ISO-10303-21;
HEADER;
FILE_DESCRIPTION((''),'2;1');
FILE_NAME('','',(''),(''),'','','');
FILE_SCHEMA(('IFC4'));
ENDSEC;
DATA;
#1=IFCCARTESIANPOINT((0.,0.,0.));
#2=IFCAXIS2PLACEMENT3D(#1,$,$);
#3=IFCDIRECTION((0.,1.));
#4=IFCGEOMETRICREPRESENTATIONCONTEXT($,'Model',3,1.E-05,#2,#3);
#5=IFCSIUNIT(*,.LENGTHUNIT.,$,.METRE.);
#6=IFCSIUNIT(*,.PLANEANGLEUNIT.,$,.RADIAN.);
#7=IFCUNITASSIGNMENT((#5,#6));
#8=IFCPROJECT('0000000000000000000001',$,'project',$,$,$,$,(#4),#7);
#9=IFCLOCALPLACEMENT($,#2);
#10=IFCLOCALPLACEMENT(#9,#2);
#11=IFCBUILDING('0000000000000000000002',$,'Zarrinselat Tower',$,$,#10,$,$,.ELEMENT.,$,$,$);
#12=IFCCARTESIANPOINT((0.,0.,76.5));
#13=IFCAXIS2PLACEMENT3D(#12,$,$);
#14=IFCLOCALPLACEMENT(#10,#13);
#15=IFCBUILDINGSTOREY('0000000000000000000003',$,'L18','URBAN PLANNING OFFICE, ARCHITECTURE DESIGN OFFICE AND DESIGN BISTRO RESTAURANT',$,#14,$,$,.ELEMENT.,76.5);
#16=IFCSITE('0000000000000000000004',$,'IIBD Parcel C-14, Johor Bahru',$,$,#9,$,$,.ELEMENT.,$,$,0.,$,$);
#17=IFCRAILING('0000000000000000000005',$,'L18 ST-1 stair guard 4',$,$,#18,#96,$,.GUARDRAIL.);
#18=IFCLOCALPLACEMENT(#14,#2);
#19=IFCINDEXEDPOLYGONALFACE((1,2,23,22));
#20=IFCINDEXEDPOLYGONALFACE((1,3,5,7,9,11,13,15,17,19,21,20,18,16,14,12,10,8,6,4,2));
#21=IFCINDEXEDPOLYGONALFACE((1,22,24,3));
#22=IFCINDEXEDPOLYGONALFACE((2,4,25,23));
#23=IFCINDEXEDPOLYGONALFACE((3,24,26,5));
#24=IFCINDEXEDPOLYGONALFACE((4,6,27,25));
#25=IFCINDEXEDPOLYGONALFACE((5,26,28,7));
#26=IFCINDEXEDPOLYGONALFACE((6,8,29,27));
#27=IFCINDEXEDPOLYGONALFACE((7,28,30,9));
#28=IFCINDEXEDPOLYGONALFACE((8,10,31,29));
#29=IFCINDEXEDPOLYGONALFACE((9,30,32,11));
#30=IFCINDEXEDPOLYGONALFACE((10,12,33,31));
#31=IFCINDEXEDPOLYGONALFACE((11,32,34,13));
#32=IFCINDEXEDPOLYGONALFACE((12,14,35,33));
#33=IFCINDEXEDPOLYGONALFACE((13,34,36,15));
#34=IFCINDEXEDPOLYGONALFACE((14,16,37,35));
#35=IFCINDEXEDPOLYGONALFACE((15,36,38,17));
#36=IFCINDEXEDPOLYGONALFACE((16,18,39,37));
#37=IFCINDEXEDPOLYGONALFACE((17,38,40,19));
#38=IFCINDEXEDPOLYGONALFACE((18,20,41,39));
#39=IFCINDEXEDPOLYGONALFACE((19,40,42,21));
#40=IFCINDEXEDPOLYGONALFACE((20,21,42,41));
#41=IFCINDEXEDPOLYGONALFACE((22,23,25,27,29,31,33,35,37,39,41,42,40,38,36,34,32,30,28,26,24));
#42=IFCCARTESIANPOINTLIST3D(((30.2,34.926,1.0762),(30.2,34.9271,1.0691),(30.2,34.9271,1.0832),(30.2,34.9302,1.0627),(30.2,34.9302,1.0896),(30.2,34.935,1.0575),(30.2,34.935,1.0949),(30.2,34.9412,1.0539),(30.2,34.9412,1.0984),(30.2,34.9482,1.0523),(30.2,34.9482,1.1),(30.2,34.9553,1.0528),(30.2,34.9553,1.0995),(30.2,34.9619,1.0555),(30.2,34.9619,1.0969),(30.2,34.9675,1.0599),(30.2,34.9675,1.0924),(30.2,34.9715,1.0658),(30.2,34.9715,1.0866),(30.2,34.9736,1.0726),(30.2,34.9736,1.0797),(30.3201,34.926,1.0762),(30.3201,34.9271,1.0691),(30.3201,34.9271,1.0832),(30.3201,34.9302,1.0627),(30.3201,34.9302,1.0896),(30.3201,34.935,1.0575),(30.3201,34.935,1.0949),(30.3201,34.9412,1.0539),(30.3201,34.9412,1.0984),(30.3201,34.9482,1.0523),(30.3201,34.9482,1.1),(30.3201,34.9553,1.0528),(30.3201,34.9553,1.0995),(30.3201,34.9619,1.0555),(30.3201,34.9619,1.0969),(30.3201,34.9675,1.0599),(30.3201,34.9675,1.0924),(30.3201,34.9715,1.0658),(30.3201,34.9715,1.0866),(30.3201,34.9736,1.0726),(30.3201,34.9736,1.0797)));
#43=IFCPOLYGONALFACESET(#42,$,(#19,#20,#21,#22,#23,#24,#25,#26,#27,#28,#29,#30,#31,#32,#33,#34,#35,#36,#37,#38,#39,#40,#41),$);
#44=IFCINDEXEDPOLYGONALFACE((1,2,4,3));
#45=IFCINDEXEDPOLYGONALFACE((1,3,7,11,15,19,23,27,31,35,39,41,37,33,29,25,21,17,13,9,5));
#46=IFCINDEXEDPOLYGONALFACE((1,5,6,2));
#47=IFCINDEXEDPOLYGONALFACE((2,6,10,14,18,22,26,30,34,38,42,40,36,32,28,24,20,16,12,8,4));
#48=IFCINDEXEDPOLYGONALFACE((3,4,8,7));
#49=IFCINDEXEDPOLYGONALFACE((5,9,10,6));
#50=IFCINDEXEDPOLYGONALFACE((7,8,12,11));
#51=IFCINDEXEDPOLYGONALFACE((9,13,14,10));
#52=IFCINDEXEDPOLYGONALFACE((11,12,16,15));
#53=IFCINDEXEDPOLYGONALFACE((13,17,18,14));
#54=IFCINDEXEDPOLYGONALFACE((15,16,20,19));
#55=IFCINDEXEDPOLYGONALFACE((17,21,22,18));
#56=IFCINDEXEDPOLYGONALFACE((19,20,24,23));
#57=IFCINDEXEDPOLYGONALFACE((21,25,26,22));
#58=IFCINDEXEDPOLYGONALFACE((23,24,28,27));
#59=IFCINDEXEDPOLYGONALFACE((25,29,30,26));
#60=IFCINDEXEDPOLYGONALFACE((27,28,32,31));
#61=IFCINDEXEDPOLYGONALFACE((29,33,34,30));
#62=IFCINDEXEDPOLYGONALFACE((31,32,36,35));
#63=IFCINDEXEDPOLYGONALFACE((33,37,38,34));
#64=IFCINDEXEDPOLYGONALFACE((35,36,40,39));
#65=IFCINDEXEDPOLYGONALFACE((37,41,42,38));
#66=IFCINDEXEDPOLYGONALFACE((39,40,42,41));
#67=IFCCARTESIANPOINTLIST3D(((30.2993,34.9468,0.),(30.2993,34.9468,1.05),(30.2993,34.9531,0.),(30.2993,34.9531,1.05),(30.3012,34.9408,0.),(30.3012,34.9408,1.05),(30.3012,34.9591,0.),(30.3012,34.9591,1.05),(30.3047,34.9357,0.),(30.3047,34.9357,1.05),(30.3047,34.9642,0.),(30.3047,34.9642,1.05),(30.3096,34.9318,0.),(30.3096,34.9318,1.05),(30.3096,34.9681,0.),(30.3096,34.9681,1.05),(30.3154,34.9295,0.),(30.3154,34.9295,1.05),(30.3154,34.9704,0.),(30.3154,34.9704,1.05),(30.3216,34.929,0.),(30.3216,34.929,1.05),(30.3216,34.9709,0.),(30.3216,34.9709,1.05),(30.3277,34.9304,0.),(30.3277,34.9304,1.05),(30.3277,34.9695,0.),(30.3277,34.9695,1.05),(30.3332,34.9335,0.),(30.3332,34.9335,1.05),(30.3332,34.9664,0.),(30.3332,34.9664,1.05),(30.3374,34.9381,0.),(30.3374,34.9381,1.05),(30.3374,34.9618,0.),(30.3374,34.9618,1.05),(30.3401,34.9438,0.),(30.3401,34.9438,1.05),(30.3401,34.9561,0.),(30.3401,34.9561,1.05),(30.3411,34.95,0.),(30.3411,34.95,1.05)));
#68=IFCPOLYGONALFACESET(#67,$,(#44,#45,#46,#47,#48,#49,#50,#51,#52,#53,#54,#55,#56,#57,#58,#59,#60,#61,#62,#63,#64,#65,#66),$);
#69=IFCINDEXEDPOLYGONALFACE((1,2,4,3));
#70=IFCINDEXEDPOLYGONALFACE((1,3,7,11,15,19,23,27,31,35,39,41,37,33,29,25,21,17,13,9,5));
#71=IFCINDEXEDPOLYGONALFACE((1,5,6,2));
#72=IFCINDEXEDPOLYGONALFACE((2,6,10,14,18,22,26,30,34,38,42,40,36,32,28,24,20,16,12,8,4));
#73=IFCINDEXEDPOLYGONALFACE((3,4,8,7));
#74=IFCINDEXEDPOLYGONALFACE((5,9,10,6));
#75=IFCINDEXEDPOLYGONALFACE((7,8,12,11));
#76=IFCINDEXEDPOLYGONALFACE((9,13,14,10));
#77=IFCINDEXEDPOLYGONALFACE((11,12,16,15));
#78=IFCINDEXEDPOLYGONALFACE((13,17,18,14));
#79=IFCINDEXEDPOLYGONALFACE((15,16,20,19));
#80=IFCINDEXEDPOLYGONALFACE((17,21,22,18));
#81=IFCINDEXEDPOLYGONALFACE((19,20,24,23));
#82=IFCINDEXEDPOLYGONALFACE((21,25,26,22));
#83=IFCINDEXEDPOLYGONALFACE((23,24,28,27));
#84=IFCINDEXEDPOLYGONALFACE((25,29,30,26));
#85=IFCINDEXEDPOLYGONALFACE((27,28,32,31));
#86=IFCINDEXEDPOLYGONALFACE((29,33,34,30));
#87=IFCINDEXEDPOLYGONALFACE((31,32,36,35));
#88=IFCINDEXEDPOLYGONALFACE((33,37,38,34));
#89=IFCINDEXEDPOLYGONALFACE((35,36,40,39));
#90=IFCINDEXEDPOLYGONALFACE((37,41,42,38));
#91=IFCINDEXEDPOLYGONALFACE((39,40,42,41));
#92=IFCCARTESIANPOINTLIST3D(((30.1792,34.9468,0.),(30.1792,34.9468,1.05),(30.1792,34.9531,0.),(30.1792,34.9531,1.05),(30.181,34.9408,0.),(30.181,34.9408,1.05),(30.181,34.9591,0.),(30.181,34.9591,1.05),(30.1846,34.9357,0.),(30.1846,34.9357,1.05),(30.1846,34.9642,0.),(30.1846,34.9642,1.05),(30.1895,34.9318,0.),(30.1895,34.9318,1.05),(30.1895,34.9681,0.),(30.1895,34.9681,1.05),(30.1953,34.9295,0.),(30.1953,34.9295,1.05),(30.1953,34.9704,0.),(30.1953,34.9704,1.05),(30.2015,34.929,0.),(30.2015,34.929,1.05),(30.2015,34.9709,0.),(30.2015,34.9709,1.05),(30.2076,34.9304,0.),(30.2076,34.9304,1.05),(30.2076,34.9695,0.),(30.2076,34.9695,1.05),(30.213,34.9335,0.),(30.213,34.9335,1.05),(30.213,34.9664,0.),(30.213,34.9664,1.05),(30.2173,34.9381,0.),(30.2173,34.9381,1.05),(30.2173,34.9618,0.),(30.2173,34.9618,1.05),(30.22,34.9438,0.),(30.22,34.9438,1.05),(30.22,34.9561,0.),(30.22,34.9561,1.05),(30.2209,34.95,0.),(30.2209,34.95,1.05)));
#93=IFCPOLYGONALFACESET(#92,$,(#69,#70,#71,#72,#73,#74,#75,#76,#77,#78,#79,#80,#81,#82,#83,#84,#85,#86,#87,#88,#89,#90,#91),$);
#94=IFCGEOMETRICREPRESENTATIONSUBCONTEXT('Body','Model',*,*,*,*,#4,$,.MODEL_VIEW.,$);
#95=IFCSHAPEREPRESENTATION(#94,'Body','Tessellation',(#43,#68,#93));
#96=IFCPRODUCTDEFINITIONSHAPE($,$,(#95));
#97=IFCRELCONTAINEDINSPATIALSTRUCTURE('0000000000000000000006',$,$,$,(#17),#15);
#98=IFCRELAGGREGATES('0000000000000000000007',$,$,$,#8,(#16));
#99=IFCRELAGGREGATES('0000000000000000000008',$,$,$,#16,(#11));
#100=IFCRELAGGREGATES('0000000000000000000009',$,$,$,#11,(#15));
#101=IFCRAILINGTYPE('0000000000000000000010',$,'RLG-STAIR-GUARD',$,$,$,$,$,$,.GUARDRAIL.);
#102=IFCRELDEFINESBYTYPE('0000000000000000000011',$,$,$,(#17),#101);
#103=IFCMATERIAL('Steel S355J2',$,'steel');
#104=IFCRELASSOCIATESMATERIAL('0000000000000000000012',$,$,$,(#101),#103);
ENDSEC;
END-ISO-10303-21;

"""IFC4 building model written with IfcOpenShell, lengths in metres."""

from ifc_helpers import new_model, si_unit, direction, frame, origin, origin_2d, place, context, subcontext, project, spatial, circle, extrude, material, type_object, element, save


model = new_model("IFC4")

# Units and contexts
model_context = context("Model", 3, precision=1e-05, world=origin(), true_north=direction((0.0, 1.0)))
body_context = subcontext(model_context, "Body", "Model", "MODEL_VIEW")
ifc_project = project(units=[si_unit("LENGTHUNIT", "METRE"), si_unit("PLANEANGLEUNIT", "RADIAN")], contexts=[model_context])

# Site, building, storey
site_placement = place(None, origin())
site = spatial("IfcSite", under=ifc_project, at=site_placement, Name="IIBD Parcel C-14, Johor Bahru", CompositionType="ELEMENT", RefElevation=0.0)
building_placement = place(site_placement, origin())
building = spatial("IfcBuilding", under=site, at=building_placement, Name="Zarrinselat Tower", CompositionType="ELEMENT")
storey_placement = place(building_placement, frame((0.0, 0.0, 76.5)))
storey = spatial("IfcBuildingStorey", under=building, at=storey_placement, Name="L18", Description="URBAN PLANNING OFFICE, ARCHITECTURE DESIGN OFFICE AND DESIGN BISTRO RESTAURANT", CompositionType="ELEMENT", Elevation=76.5)

# Railing
ifc_material_1 = material(Name="Steel S355J2", Category="steel")
railing_type_1 = type_object("IfcRailingType", Name="RLG-STAIR-GUARD", PredefinedType="GUARDRAIL", material=ifc_material_1)
railing_1_placement = place(storey_placement, frame((30.3201, 34.95, 0.0)))
element("IfcRailing", 1, at=railing_1_placement, inside=storey, type_object=railing_type_1, Name="L18 ST-1 stair guard 4", PredefinedType="GUARDRAIL", context=body_context, shape_type="SweptSolid", body=[
    extrude(circle(Radius=0.0239, at=origin_2d()), frame((0.0, 0.0, 1.0762), z_axis=(-1.0, 0.0, 0.0), x_axis=(0.0, -1.0, 0.0)), (0.0, 0.0, 1.0), 0.1201),
    extrude(circle(Radius=0.021, at=origin_2d()), origin(), (0.0, 0.0, 1.0), 1.05),
    extrude(circle(Radius=0.021, at=origin_2d()), frame((-0.1201, 0.0, 0.0)), (0.0, 0.0, 1.0), 1.05),
])

save(model, "model.ifc")
